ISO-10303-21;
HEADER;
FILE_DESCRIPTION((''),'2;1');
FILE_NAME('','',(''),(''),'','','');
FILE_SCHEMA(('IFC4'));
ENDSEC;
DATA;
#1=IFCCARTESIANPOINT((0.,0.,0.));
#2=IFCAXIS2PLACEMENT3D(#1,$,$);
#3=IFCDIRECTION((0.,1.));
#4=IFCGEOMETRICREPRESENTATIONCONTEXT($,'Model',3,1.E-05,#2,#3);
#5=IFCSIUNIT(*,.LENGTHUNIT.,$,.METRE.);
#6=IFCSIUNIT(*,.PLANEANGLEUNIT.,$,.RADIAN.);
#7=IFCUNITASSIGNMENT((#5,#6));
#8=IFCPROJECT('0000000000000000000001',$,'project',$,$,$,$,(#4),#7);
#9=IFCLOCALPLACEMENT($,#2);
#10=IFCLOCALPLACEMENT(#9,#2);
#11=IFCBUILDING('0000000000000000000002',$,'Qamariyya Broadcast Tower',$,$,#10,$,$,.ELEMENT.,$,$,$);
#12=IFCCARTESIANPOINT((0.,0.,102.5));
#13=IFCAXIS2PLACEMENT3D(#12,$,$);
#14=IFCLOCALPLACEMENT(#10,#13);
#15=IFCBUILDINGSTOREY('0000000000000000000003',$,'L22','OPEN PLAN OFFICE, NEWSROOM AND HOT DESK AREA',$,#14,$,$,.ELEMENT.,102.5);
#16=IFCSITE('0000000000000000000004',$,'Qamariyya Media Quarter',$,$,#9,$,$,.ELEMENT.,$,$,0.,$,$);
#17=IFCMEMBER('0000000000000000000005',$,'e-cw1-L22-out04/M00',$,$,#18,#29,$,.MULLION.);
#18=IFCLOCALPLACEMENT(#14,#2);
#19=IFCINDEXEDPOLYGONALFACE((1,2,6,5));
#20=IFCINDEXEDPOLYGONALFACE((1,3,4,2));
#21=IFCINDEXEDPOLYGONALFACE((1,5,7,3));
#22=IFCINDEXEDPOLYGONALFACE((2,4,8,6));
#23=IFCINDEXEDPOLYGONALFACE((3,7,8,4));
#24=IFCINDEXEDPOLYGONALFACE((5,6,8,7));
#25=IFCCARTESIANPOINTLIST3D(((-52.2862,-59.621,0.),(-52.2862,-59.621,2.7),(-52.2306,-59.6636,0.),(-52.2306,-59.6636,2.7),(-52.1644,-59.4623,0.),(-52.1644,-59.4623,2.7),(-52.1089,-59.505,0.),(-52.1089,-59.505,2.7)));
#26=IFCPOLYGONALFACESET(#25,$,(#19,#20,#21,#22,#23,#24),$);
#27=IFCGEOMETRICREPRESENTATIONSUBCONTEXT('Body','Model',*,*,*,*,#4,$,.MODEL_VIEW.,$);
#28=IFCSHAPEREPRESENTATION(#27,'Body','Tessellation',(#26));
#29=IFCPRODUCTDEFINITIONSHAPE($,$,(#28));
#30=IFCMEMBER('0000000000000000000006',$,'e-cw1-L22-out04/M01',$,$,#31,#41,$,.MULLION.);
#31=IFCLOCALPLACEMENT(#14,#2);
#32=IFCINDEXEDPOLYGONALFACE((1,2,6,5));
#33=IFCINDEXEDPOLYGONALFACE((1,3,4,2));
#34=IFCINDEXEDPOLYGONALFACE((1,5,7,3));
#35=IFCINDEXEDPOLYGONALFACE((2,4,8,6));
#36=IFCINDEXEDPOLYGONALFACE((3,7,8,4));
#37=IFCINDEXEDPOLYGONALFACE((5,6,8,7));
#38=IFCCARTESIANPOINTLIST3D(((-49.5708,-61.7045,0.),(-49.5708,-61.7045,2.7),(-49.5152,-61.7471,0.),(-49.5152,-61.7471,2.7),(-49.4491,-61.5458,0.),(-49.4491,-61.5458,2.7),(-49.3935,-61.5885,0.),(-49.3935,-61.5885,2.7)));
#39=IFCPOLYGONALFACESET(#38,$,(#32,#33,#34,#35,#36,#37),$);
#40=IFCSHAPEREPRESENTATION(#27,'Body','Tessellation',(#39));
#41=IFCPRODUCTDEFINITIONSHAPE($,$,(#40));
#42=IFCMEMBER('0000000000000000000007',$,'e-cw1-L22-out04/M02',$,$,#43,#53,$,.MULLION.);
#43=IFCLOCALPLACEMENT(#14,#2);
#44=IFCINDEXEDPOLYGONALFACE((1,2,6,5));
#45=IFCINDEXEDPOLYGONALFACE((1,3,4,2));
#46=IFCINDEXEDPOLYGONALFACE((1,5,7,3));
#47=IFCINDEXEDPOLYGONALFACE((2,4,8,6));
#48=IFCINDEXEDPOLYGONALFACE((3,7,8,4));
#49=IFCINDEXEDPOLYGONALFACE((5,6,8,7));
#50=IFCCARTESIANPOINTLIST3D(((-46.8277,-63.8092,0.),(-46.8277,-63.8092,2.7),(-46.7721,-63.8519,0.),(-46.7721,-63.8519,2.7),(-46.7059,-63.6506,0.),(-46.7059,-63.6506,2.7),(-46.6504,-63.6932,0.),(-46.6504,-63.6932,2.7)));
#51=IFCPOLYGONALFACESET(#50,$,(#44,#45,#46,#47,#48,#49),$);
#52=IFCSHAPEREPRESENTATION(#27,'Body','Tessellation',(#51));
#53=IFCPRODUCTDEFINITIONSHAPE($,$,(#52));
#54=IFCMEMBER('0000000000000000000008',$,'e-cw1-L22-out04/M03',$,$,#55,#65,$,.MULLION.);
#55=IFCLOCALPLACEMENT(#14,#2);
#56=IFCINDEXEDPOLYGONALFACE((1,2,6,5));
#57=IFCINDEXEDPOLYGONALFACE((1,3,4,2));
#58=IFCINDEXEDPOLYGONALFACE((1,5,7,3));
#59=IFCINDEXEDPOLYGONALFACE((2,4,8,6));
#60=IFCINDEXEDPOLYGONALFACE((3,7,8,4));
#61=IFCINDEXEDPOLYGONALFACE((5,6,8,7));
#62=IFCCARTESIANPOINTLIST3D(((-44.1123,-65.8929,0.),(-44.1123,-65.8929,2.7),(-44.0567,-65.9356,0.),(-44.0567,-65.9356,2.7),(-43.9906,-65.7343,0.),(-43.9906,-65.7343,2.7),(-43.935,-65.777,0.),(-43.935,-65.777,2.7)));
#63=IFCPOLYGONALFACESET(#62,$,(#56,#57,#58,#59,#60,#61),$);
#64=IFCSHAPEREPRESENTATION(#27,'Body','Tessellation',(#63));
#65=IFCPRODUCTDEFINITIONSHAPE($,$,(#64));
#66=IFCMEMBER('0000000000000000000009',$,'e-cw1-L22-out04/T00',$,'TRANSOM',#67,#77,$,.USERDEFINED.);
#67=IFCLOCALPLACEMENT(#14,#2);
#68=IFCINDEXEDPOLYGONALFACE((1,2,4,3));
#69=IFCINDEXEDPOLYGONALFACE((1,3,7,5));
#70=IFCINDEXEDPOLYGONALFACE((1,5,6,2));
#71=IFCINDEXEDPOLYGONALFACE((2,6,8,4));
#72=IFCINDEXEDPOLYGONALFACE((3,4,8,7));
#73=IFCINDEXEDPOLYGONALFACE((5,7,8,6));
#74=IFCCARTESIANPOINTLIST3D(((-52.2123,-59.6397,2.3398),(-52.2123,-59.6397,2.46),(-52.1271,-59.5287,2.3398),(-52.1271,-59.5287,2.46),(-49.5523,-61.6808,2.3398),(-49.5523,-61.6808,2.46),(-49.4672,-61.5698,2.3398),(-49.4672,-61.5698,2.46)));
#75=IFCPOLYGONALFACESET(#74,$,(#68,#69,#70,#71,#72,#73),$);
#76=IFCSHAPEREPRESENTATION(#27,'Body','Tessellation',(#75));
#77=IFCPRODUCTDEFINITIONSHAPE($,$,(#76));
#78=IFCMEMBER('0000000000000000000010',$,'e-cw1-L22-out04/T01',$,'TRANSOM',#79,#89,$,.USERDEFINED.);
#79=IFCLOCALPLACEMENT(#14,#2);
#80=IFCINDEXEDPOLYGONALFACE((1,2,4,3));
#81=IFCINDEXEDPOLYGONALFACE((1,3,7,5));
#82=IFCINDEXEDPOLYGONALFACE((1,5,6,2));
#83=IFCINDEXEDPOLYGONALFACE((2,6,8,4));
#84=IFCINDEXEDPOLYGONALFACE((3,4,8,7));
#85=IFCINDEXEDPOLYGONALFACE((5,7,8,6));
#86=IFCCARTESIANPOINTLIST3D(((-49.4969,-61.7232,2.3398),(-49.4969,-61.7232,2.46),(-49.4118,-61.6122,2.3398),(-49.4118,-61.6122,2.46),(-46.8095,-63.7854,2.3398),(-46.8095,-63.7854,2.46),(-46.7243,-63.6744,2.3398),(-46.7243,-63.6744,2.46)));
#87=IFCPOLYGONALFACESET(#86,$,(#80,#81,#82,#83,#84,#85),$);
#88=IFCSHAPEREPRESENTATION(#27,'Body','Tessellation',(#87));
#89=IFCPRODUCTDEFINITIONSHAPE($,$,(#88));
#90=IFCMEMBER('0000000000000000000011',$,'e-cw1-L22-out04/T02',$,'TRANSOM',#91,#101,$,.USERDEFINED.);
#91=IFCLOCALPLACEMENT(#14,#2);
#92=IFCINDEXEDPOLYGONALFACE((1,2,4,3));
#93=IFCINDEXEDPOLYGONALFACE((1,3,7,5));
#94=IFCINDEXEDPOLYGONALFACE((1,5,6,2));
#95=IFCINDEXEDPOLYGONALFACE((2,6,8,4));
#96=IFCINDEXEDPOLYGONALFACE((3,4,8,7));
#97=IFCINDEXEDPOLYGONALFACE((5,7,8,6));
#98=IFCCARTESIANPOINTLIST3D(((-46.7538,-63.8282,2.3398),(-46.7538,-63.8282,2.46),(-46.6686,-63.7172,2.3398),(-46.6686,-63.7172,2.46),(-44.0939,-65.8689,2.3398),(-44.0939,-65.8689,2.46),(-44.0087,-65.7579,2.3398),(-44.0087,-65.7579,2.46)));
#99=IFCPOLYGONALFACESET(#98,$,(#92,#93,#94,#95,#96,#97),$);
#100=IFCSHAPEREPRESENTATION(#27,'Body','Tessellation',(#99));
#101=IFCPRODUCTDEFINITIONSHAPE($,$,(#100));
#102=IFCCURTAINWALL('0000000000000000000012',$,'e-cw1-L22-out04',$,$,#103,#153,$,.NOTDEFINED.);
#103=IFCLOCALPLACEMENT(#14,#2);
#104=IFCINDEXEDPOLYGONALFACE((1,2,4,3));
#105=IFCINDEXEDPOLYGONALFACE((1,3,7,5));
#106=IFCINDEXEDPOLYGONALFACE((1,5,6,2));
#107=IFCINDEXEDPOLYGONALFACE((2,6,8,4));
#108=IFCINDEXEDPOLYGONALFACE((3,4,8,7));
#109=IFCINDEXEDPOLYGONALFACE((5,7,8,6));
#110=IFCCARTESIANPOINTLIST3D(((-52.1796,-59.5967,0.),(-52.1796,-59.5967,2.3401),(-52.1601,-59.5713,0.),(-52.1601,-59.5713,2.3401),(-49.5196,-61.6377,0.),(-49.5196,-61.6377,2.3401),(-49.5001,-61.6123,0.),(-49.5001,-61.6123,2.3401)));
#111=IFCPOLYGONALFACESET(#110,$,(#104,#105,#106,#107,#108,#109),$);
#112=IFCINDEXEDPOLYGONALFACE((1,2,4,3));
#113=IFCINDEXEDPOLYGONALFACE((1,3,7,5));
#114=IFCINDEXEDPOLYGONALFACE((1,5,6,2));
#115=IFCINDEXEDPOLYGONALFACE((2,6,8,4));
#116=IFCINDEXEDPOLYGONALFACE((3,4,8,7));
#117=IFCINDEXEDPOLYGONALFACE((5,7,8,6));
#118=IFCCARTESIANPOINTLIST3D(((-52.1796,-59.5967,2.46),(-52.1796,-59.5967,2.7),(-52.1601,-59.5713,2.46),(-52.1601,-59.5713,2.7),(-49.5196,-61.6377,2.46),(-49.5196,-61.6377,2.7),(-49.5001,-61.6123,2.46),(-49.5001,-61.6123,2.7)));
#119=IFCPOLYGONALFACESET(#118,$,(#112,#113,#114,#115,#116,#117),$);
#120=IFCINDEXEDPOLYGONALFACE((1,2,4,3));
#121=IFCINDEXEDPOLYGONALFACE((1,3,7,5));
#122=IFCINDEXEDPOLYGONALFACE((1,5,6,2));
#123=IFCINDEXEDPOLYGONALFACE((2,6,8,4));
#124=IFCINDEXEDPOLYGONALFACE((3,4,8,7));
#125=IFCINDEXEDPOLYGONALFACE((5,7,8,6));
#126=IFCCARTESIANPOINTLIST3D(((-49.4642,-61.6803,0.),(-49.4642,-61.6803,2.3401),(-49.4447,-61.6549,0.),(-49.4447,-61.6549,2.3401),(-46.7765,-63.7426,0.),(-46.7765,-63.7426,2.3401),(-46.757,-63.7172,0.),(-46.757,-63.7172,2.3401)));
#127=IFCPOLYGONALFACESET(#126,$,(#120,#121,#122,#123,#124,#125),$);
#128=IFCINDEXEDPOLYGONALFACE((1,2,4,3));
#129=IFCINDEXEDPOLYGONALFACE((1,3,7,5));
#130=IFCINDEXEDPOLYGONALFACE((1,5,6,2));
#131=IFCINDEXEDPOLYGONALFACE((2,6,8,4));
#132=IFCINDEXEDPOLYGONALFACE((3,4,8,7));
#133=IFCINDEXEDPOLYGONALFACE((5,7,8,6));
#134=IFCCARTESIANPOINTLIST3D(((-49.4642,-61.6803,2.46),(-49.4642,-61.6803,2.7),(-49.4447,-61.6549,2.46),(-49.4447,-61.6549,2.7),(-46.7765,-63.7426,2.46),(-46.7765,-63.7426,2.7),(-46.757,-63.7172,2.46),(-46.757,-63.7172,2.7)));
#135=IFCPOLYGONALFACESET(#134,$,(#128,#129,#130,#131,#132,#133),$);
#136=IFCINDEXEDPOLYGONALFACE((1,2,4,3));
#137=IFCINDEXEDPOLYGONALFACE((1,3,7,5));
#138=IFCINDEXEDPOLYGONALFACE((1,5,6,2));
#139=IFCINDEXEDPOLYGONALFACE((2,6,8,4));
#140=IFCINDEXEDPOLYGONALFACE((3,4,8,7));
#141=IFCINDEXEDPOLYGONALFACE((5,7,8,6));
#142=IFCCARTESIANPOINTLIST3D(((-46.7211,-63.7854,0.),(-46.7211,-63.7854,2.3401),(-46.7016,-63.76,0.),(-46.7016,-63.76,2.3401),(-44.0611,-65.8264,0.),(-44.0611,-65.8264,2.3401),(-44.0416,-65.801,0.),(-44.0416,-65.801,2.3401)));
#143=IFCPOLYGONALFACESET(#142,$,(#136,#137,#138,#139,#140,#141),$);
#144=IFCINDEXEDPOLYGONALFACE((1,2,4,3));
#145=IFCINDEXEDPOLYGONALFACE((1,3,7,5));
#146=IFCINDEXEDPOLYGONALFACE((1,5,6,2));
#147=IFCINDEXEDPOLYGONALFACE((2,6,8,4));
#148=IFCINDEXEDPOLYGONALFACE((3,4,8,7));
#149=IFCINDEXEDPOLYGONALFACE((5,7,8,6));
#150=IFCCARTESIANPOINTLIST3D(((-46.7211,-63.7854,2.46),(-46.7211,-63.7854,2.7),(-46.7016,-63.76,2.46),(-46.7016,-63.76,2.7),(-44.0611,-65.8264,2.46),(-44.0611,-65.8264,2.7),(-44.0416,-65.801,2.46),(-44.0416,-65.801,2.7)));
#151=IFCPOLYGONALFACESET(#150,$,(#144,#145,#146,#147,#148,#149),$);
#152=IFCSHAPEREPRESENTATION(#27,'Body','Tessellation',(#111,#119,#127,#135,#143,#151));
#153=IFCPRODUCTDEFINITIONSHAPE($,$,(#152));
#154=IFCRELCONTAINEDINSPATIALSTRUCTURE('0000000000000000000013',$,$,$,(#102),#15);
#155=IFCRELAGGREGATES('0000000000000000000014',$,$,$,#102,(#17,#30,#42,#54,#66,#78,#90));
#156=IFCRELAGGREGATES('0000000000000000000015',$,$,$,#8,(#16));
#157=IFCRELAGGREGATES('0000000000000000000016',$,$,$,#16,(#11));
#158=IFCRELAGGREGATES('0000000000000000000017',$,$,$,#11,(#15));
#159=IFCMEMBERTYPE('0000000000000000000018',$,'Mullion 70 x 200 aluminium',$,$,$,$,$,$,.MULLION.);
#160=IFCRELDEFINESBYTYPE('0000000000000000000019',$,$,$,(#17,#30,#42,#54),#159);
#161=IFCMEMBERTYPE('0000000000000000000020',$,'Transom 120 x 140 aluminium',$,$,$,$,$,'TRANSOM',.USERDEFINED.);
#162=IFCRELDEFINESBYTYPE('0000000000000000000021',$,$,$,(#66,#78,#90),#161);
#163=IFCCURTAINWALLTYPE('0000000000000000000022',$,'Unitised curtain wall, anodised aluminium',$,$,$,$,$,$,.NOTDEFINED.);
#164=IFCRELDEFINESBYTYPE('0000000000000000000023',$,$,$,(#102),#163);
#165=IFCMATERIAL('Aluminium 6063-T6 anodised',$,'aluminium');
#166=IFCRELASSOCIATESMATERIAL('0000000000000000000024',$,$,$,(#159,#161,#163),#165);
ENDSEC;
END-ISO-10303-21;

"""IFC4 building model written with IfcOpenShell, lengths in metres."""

from ifc_helpers import new_model, si_unit, direction, frame, origin, origin_2d, place, context, subcontext, project, spatial, rectangle, extrude, material, material_profile, profile_set, type_object, element, aggregate, save


model = new_model("IFC4")

# Units and contexts
model_context = context("Model", 3, precision=1e-05, world=origin(), true_north=direction((0.0, 1.0)))
body_context = subcontext(model_context, "Body", "Model", "MODEL_VIEW")
ifc_project = project(units=[si_unit("LENGTHUNIT", "METRE"), si_unit("PLANEANGLEUNIT", "RADIAN")], contexts=[model_context])

# Members
ifc_material = material(Name="Aluminium 6063-T6 anodised", Category="aluminium")
ifc_material_profile_1 = material_profile(ifc_material, rectangle(XDim=0.2, YDim=0.0701, at=origin_2d()))
ifc_profile_set_1 = profile_set([ifc_material_profile_1], Name="Aluminium 6063-T6 anodised")
member_type_1 = type_object("IfcMemberType", Name="Mullion 70 x 200 aluminium", PredefinedType="MULLION", material=ifc_profile_set_1)
site_placement = place(None, origin())
building_placement = place(site_placement, origin())
storey_placement = place(building_placement, frame((0.0, 0.0, 102.5)))
member_1_placement = place(storey_placement, frame((-52.1975, -59.563, 0.0), z_axis=(0.0, 0.0, 1.0), x_axis=(0.608761, 0.793353, 0.0)))
member_1 = element("IfcMember", 1, at=member_1_placement, type_object=member_type_1, Name="e-cw1-L22-out04/M00", PredefinedType="MULLION", context=body_context, shape_type="SweptSolid", body=[
    extrude(rectangle(XDim=0.2, YDim=0.0701, at=origin_2d()), origin(), (0.0, 0.0, 1.0), 2.7),
])
member_2_placement = place(storey_placement, frame((-49.4822, -61.6465, 0.0), z_axis=(0.0, 0.0, 1.0), x_axis=(0.608761, 0.793353, 0.0)))
member_2 = element("IfcMember", 2, at=member_2_placement, type_object=member_type_1, Name="e-cw1-L22-out04/M01", PredefinedType="MULLION", context=body_context, shape_type="SweptSolid", body=[
    extrude(rectangle(XDim=0.2, YDim=0.0701, at=origin_2d()), origin(), (0.0, 0.0, 1.0), 2.7),
])
member_3_placement = place(storey_placement, frame((-46.739, -63.7512, 0.0), z_axis=(0.0, 0.0, 1.0), x_axis=(0.608761, 0.793353, 0.0)))
member_3 = element("IfcMember", 3, at=member_3_placement, type_object=member_type_1, Name="e-cw1-L22-out04/M02", PredefinedType="MULLION", context=body_context, shape_type="SweptSolid", body=[
    extrude(rectangle(XDim=0.2, YDim=0.0701, at=origin_2d()), origin(), (0.0, 0.0, 1.0), 2.7),
])
member_4_placement = place(storey_placement, frame((-44.0237, -65.835, 0.0), z_axis=(0.0, 0.0, 1.0), x_axis=(0.608761, 0.793353, 0.0)))
member_4 = element("IfcMember", 4, at=member_4_placement, type_object=member_type_1, Name="e-cw1-L22-out04/M03", PredefinedType="MULLION", context=body_context, shape_type="SweptSolid", body=[
    extrude(rectangle(XDim=0.2, YDim=0.0701, at=origin_2d()), origin(), (0.0, 0.0, 1.0), 2.7),
])
ifc_material_profile_2 = material_profile(ifc_material, rectangle(XDim=0.1399, YDim=0.1201, at=origin_2d()))
ifc_profile_set_2 = profile_set([ifc_material_profile_2], Name="Aluminium 6063-T6 anodised")
member_type_2 = type_object("IfcMemberType", Name="Transom 120 x 140 aluminium", ElementType="TRANSOM", PredefinedType="USERDEFINED", material=ifc_profile_set_2)
member_5_placement = place(storey_placement, frame((-52.1697, -59.5842, 2.3999), z_axis=(0.793354, -0.60876, 0.0), x_axis=(0.60876, 0.793354, 0.0)))
member_5 = element("IfcMember", 5, at=member_5_placement, type_object=member_type_2, Name="e-cw1-L22-out04/T00", ObjectType="TRANSOM", PredefinedType="USERDEFINED", context=body_context, shape_type="SweptSolid", body=[
    extrude(rectangle(XDim=0.1399, YDim=0.1201, at=origin_2d()), origin(), (0.0, 0.0, 1.0), 3.3528),
])
member_6_placement = place(storey_placement, frame((-49.4543, -61.6677, 2.3999), z_axis=(0.793344, -0.608773, 0.0), x_axis=(0.608773, 0.793344, 0.0)))
member_6 = element("IfcMember", 6, at=member_6_placement, type_object=member_type_2, Name="e-cw1-L22-out04/T01", ObjectType="TRANSOM", PredefinedType="USERDEFINED", context=body_context, shape_type="SweptSolid", body=[
    extrude(rectangle(XDim=0.1399, YDim=0.1201, at=origin_2d()), origin(), (0.0, 0.0, 1.0), 3.3875),
])
member_7_placement = place(storey_placement, frame((-46.7112, -63.7727, 2.3999), z_axis=(0.793389, -0.608714, 0.0), x_axis=(0.608714, 0.793389, 0.0)))
member_7 = element("IfcMember", 7, at=member_7_placement, type_object=member_type_2, Name="e-cw1-L22-out04/T02", ObjectType="TRANSOM", PredefinedType="USERDEFINED", context=body_context, shape_type="SweptSolid", body=[
    extrude(rectangle(XDim=0.1399, YDim=0.1201, at=origin_2d()), origin(), (0.0, 0.0, 1.0), 3.3525),
])

# Site, building, storey
site = spatial("IfcSite", under=ifc_project, at=site_placement, Name="Qamariyya Media Quarter", CompositionType="ELEMENT", RefElevation=0.0)
building = spatial("IfcBuilding", under=site, at=building_placement, Name="Qamariyya Broadcast Tower", CompositionType="ELEMENT")
storey = spatial("IfcBuildingStorey", under=building, at=storey_placement, Name="L22", Description="OPEN PLAN OFFICE, NEWSROOM AND HOT DESK AREA", CompositionType="ELEMENT", Elevation=102.5)

# Curtain wall
curtain_wall_type = type_object("IfcCurtainWallType", Name="Unitised curtain wall, anodised aluminium", PredefinedType="NOTDEFINED", material=ifc_material)
curtain_wall_1_placement = place(storey_placement, origin())
curtain_wall_1 = element("IfcCurtainWall", 8, at=curtain_wall_1_placement, inside=storey, type_object=curtain_wall_type, Name="e-cw1-L22-out04", PredefinedType="NOTDEFINED", context=body_context, shape_type="SweptSolid", body=[
    extrude(rectangle(XDim=3.3528, YDim=0.032, at=origin_2d()), frame((-50.8398, -60.6045, 0.0), x_axis=(0.793354, -0.608761, 0.0)), (0.0, 0.0, 1.0), 2.3401),
    extrude(rectangle(XDim=3.3528, YDim=0.032, at=origin_2d()), frame((-50.8398, -60.6045, 2.46), x_axis=(0.793354, -0.608761, 0.0)), (0.0, 0.0, 1.0), 0.24),
    extrude(rectangle(XDim=3.3877, YDim=0.032, at=origin_2d()), frame((-48.1106, -62.6987, 0.0), x_axis=(0.793354, -0.608761, 0.0)), (0.0, 0.0, 1.0), 2.3401),
    extrude(rectangle(XDim=3.3877, YDim=0.032, at=origin_2d()), frame((-48.1106, -62.6987, 2.46), x_axis=(0.793354, -0.608761, 0.0)), (0.0, 0.0, 1.0), 0.24),
    extrude(rectangle(XDim=3.3528, YDim=0.032, at=origin_2d()), frame((-45.3813, -64.7932, 0.0), x_axis=(0.793354, -0.608761, 0.0)), (0.0, 0.0, 1.0), 2.3401),
    extrude(rectangle(XDim=3.3528, YDim=0.032, at=origin_2d()), frame((-45.3813, -64.7932, 2.46), x_axis=(0.793354, -0.608761, 0.0)), (0.0, 0.0, 1.0), 0.24),
])
aggregate(curtain_wall_1, [member_1, member_2, member_3, member_4, member_5, member_6, member_7])

save(model, "model.ifc")
